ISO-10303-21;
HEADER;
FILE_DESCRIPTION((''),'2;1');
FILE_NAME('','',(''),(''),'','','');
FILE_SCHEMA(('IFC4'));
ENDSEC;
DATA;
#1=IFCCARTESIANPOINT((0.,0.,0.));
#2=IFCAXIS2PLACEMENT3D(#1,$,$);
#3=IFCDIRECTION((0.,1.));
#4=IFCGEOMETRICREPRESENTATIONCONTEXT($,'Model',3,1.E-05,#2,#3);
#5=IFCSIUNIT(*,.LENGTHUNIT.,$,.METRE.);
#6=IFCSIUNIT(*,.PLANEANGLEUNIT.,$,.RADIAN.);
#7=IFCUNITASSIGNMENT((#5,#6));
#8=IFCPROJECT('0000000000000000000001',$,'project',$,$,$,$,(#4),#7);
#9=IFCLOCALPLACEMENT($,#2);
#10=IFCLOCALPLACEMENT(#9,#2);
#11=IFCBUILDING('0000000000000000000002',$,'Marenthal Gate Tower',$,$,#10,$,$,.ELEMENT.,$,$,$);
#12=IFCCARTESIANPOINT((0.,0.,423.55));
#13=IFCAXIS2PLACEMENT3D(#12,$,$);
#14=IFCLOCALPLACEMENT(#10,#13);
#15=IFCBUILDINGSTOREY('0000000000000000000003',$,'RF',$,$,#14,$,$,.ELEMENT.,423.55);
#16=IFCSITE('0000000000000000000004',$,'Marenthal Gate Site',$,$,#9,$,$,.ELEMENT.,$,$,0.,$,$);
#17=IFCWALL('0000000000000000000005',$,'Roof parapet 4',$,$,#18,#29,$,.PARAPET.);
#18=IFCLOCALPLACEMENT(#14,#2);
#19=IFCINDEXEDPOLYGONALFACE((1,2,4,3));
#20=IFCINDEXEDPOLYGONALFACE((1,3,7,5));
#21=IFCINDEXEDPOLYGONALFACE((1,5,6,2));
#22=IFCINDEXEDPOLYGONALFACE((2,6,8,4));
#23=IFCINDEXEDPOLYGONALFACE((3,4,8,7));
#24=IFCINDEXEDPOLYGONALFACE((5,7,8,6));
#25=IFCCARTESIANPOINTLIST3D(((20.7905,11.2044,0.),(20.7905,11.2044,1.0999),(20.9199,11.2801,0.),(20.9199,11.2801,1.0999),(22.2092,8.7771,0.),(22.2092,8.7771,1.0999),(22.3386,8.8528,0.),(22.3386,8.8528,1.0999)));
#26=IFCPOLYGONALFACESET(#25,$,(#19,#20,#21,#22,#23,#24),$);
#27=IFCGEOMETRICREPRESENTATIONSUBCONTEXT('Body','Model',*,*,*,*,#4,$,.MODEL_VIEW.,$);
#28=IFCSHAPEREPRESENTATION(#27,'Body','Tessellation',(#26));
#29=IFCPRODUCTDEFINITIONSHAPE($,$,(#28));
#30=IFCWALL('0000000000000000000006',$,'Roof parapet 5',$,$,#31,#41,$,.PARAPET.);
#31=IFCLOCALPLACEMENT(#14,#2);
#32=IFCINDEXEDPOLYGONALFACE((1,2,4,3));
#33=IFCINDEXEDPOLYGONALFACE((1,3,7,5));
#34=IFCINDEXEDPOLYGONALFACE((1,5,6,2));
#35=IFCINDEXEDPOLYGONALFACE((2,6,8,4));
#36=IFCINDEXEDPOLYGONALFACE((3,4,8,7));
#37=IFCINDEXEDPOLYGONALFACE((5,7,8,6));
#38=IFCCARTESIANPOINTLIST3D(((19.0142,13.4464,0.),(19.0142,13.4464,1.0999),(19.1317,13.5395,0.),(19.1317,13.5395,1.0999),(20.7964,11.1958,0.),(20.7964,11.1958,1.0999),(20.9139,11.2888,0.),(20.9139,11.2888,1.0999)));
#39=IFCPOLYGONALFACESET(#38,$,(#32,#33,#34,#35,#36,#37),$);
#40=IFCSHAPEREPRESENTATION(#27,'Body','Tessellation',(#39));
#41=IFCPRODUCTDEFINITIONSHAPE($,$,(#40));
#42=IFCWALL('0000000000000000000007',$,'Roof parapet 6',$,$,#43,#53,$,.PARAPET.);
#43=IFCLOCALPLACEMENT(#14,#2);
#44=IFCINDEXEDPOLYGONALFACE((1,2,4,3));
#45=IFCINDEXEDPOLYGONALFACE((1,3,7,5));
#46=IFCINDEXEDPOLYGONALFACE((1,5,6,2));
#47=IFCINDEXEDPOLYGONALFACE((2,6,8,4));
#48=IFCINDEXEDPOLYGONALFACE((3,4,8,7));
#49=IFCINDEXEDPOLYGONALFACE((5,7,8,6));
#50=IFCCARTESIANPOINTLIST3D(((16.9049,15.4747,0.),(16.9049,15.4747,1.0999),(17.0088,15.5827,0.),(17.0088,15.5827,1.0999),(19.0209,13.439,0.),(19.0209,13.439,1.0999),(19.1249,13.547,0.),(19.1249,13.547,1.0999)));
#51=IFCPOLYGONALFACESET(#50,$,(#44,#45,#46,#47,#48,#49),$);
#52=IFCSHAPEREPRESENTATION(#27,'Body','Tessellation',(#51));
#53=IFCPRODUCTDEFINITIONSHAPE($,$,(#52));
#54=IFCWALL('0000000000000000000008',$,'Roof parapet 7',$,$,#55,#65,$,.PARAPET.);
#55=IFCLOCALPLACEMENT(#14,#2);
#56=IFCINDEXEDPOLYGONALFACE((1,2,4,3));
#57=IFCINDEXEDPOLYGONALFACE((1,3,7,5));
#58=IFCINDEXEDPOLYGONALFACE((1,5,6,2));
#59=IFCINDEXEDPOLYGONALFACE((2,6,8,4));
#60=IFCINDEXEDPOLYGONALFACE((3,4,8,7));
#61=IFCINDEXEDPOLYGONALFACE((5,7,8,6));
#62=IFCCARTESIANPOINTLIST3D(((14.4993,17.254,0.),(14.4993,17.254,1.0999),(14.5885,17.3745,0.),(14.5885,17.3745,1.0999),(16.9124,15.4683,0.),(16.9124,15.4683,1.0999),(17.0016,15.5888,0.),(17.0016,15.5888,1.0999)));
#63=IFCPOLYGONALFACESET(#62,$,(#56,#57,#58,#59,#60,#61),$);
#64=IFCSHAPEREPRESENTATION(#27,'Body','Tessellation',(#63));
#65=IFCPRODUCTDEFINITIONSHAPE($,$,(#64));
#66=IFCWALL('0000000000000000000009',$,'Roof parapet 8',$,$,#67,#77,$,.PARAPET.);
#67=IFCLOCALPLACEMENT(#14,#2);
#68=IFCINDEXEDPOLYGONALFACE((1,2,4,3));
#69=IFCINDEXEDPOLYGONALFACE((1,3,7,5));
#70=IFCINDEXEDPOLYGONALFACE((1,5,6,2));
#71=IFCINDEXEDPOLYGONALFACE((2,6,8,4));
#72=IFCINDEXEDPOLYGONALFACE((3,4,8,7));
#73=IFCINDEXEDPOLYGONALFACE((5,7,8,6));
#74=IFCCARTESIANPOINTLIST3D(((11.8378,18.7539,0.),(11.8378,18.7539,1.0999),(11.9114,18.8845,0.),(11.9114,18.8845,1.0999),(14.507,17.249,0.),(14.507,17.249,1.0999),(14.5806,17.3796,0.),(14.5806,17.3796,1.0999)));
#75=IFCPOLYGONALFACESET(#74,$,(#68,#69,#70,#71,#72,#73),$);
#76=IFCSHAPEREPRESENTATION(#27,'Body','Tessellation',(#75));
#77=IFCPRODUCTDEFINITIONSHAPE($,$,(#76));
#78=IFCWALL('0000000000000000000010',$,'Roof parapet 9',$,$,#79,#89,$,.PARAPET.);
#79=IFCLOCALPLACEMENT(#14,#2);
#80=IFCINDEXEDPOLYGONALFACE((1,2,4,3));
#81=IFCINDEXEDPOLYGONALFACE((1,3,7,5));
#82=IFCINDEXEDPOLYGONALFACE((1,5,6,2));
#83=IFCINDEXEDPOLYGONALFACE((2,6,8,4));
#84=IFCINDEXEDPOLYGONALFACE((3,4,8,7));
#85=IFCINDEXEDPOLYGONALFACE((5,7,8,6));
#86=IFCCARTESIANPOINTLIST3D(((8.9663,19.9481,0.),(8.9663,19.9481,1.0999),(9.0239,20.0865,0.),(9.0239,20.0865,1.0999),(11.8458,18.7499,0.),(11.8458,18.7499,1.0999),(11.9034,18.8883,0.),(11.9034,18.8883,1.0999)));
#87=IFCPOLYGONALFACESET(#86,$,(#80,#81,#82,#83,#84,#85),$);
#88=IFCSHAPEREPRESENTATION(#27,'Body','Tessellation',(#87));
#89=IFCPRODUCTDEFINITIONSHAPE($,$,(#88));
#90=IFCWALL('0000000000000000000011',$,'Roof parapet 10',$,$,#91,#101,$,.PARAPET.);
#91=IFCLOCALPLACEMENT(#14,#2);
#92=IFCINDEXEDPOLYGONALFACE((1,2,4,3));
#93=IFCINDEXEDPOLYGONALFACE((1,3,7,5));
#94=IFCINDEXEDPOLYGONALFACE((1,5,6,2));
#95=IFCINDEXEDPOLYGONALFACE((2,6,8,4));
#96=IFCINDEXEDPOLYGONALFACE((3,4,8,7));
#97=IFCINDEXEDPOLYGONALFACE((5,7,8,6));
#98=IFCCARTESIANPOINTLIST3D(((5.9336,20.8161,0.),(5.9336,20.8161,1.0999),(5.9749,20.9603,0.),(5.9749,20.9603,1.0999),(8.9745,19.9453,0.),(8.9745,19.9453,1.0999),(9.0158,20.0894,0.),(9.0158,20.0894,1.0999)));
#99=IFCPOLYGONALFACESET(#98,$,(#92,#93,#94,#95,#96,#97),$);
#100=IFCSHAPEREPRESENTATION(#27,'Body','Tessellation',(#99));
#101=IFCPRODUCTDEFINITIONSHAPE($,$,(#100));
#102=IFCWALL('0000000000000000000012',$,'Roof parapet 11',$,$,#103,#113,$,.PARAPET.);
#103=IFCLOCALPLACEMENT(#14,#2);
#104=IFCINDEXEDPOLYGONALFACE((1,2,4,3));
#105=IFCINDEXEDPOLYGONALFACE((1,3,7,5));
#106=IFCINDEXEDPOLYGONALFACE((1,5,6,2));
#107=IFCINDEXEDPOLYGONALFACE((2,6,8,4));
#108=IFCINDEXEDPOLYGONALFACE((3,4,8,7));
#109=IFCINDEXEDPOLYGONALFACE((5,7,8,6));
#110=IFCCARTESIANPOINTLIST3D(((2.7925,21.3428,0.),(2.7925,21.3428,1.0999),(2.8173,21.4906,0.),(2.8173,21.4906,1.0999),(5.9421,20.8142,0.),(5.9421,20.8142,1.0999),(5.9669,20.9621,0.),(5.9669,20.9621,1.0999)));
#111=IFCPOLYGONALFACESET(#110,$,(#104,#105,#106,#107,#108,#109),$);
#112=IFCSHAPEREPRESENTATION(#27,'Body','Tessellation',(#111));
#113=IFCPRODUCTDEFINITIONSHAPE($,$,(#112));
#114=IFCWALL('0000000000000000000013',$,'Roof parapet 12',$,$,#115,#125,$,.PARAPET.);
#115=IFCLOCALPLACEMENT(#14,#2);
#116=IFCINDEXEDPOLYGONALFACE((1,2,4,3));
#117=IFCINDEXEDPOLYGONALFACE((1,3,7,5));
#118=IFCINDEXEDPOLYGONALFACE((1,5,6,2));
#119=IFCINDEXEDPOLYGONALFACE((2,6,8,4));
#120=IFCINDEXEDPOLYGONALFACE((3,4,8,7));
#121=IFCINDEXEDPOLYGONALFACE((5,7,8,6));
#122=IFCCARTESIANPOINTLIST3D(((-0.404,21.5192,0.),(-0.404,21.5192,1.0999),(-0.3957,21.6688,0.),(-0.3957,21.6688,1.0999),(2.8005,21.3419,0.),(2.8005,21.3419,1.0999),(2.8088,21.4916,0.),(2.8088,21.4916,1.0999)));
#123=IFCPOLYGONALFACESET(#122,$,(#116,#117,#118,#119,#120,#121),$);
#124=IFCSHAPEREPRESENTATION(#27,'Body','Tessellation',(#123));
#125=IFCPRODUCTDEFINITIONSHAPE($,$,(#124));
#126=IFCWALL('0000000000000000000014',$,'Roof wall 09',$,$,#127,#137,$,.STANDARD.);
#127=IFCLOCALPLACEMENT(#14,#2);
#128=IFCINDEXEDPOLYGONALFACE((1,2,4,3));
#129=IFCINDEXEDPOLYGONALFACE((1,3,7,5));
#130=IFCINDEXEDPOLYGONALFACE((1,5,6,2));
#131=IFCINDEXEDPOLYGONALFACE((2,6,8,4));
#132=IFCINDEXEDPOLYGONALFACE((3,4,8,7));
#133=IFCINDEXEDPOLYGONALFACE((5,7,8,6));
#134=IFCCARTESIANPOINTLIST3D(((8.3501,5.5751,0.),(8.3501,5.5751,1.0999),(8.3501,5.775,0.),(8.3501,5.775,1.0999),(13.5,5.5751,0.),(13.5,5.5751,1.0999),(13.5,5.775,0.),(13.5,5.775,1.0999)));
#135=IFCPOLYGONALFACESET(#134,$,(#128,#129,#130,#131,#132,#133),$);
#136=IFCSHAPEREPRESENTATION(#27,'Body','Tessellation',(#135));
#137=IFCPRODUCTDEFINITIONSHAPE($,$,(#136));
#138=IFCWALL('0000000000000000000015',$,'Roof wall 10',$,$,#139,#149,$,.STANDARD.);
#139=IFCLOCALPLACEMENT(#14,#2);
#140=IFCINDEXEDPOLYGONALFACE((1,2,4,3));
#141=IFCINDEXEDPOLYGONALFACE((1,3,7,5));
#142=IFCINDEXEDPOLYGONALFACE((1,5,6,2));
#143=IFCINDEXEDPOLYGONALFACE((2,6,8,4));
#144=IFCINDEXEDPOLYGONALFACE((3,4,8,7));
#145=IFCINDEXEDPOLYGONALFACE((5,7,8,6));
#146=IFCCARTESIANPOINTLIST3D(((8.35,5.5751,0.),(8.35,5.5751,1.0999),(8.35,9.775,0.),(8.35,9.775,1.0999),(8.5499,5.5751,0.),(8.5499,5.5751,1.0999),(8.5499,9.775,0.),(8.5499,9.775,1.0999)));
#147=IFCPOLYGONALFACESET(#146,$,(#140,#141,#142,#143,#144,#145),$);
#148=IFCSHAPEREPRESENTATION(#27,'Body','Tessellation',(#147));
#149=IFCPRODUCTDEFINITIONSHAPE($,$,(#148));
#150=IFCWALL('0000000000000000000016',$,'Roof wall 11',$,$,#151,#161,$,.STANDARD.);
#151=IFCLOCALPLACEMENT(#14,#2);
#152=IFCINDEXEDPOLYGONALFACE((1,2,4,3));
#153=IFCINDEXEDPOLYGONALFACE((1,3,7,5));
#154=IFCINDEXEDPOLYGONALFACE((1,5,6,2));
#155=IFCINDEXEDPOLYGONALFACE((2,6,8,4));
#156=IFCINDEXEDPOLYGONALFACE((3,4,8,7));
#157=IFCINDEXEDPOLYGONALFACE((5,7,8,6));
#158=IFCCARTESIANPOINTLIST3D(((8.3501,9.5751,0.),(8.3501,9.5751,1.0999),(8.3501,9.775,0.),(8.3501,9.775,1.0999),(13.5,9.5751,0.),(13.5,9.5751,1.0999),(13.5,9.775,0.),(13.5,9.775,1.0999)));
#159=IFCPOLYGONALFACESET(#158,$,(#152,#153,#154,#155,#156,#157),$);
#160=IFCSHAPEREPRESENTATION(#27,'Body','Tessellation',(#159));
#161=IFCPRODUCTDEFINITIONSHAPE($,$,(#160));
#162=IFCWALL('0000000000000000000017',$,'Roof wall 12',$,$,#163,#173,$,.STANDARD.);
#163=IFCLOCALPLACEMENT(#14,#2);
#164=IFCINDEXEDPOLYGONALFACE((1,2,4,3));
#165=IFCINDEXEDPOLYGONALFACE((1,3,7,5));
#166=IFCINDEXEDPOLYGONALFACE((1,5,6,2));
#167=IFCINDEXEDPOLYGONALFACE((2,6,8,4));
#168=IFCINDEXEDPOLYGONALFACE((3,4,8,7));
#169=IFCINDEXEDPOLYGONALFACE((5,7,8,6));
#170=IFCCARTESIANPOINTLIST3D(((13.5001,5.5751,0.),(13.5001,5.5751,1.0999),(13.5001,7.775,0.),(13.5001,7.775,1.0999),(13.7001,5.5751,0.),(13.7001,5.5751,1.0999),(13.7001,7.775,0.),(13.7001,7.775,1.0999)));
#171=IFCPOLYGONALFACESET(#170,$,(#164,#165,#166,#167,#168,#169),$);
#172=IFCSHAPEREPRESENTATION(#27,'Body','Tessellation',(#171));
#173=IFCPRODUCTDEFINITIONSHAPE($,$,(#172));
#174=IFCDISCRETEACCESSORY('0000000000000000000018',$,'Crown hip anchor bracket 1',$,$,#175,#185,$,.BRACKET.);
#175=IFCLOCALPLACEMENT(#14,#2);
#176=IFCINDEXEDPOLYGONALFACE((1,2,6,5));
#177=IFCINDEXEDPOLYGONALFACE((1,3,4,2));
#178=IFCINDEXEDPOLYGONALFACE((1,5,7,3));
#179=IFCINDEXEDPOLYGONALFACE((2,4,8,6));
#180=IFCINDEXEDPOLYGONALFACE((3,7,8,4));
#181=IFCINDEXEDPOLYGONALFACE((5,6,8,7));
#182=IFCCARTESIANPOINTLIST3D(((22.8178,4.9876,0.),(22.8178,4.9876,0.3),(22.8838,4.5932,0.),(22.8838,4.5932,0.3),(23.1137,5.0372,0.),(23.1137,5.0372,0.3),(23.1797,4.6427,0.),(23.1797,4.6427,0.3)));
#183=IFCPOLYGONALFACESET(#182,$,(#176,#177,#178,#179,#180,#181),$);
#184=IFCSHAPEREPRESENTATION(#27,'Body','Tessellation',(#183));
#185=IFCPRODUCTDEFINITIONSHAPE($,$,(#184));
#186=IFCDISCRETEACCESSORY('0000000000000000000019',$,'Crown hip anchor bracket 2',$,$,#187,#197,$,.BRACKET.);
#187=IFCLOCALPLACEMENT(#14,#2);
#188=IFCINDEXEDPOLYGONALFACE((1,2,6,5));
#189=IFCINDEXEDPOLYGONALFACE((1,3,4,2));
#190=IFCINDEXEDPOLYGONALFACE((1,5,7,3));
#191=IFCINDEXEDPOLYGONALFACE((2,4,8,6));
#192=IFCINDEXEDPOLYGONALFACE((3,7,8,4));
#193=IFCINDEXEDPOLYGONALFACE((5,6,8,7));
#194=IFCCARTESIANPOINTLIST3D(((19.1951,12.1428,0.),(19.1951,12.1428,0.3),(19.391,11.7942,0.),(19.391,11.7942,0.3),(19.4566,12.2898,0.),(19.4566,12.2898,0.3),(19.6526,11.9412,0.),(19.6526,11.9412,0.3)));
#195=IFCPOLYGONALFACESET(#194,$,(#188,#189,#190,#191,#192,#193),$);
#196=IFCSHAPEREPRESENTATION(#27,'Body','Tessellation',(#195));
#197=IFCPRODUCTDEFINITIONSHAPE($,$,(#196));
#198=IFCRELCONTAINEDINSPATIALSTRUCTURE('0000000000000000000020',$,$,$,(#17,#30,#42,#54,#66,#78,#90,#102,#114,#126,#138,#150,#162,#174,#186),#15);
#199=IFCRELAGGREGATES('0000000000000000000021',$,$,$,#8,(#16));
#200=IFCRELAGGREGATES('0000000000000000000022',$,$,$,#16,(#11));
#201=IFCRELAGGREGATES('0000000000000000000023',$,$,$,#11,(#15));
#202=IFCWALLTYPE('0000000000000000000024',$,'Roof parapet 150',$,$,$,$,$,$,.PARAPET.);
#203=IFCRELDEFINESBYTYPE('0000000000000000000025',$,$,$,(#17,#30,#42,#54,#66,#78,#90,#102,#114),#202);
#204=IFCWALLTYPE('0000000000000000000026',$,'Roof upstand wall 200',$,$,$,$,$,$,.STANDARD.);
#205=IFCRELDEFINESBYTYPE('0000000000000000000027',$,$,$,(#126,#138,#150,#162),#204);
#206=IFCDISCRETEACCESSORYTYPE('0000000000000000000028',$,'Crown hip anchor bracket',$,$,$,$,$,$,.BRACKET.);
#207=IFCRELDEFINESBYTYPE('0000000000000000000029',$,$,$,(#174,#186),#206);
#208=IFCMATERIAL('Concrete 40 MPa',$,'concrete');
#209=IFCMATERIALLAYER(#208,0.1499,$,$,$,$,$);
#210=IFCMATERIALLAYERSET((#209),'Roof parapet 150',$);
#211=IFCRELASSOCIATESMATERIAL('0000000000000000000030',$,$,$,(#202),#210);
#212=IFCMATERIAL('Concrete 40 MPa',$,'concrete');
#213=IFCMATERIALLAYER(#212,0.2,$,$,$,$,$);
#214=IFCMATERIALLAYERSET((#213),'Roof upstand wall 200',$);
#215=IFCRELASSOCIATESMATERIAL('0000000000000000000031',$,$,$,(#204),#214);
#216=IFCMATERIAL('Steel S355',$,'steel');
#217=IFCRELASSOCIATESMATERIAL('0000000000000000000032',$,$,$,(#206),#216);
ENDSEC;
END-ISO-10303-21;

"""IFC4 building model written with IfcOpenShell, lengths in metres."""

from ifc_helpers import new_model, si_unit, direction, frame, frame_2d, origin, origin_2d, place, context, subcontext, project, spatial, rectangle, extrude, material, layer, layer_set, type_object, element, save


model = new_model("IFC4")

# Units and contexts
model_context = context("Model", 3, precision=1e-05, world=origin(), true_north=direction((0.0, 1.0)))
body_context = subcontext(model_context, "Body", "Model", "MODEL_VIEW")
ifc_project = project(units=[si_unit("LENGTHUNIT", "METRE"), si_unit("PLANEANGLEUNIT", "RADIAN")], contexts=[model_context])

# Site, building, storey
site_placement = place(None, origin())
site = spatial("IfcSite", under=ifc_project, at=site_placement, Name="Marenthal Gate Site", CompositionType="ELEMENT", RefElevation=0.0)
building_placement = place(site_placement, origin())
building = spatial("IfcBuilding", under=site, at=building_placement, Name="Marenthal Gate Tower", CompositionType="ELEMENT")
storey_placement = place(building_placement, frame((0.0, 0.0, 423.55)))
storey = spatial("IfcBuildingStorey", under=building, at=storey_placement, Name="RF", CompositionType="ELEMENT", Elevation=423.55)

# Walls
ifc_material_1 = material(Name="Concrete 40 MPa", Category="concrete")
ifc_layer_1 = layer(ifc_material_1, 0.1499)
ifc_layer_set_1 = layer_set([ifc_layer_1], Name="Roof parapet 150")
wall_type_1 = type_object("IfcWallType", Name="Roof parapet 150", PredefinedType="PARAPET", material=ifc_layer_set_1)
wall_1_placement = place(storey_placement, frame((22.2739, 8.8149, 0.0), z_axis=(0.0, 0.0, 1.0), x_axis=(-0.504616, 0.863344, 0.0)))
element("IfcWall", 1, at=wall_1_placement, inside=storey, type_object=wall_type_1, Name="Roof parapet 4", PredefinedType="PARAPET", context=body_context, shape_type="SweptSolid", body=[
    extrude(rectangle(XDim=2.8115, YDim=0.1499, at=frame_2d((1.4058, 0.0))), origin(), (0.0, 0.0, 1.0), 1.0999),
])
wall_2_placement = place(storey_placement, frame((20.8552, 11.2422, 0.0), z_axis=(0.0, 0.0, 1.0), x_axis=(-0.620788, 0.783979, 0.0)))
element("IfcWall", 2, at=wall_2_placement, inside=storey, type_object=wall_type_1, Name="Roof parapet 5", PredefinedType="PARAPET", context=body_context, shape_type="SweptSolid", body=[
    extrude(rectangle(XDim=2.8708, YDim=0.1499, at=frame_2d((1.4355, 0.0))), origin(), (0.0, 0.0, 1.0), 1.0999),
])
wall_3_placement = place(storey_placement, frame((19.073, 13.4929, 0.0), z_axis=(0.0, 0.0, 1.0), x_axis=(-0.720652, 0.693296, 0.0)))
element("IfcWall", 3, at=wall_3_placement, inside=storey, type_object=wall_type_1, Name="Roof parapet 6", PredefinedType="PARAPET", context=body_context, shape_type="SweptSolid", body=[
    extrude(rectangle(XDim=2.9363, YDim=0.1499, at=frame_2d((1.4683, 0.0))), origin(), (0.0, 0.0, 1.0), 1.0999),
])
wall_4_placement = place(storey_placement, frame((16.957, 15.5286, 0.0), z_axis=(0.0, 0.0, 1.0), x_axis=(-0.803848, 0.594835, 0.0)))
element("IfcWall", 4, at=wall_4_placement, inside=storey, type_object=wall_type_1, Name="Roof parapet 7", PredefinedType="PARAPET", context=body_context, shape_type="SweptSolid", body=[
    extrude(rectangle(XDim=3.002, YDim=0.1499, at=frame_2d((1.501, 0.0))), origin(), (0.0, 0.0, 1.0), 1.0999),
])
wall_5_placement = place(storey_placement, frame((14.5439, 17.3142, 0.0), z_axis=(0.0, 0.0, 1.0), x_axis=(-0.871092, 0.49112, 0.0)))
element("IfcWall", 5, at=wall_5_placement, inside=storey, type_object=wall_type_1, Name="Roof parapet 8", PredefinedType="PARAPET", context=body_context, shape_type="SweptSolid", body=[
    extrude(rectangle(XDim=3.0642, YDim=0.1499, at=frame_2d((1.5322, 0.0))), origin(), (0.0, 0.0, 1.0), 1.0999),
])
wall_6_placement = place(storey_placement, frame((11.8748, 18.8191, 0.0), z_axis=(0.0, 0.0, 1.0), x_axis=(-0.92326, 0.384176, 0.0)))
element("IfcWall", 6, at=wall_6_placement, inside=storey, type_object=wall_type_1, Name="Roof parapet 9", PredefinedType="PARAPET", context=body_context, shape_type="SweptSolid", body=[
    extrude(rectangle(XDim=3.1189, YDim=0.1499, at=frame_2d((1.5596, 0.0))), origin(), (0.0, 0.0, 1.0), 1.0999),
])
wall_7_placement = place(storey_placement, frame((8.9951, 20.0173, 0.0), z_axis=(0.0, 0.0, 1.0), x_axis=(-0.961352, 0.275323, 0.0)))
element("IfcWall", 7, at=wall_7_placement, inside=storey, type_object=wall_type_1, Name="Roof parapet 10", PredefinedType="PARAPET", context=body_context, shape_type="SweptSolid", body=[
    extrude(rectangle(XDim=3.1631, YDim=0.1499, at=frame_2d((1.5815, 0.0))), origin(), (0.0, 0.0, 1.0), 1.0999),
])
wall_8_placement = place(storey_placement, frame((5.9543, 20.8882, 0.0), z_axis=(0.0, 0.0, 1.0), x_axis=(-0.986209, 0.165502, 0.0)))
element("IfcWall", 8, at=wall_8_placement, inside=storey, type_object=wall_type_1, Name="Roof parapet 11", PredefinedType="PARAPET", context=body_context, shape_type="SweptSolid", body=[
    extrude(rectangle(XDim=3.1936, YDim=0.1499, at=frame_2d((1.5967, 0.0))), origin(), (0.0, 0.0, 1.0), 1.0999),
])
wall_9_placement = place(storey_placement, frame((2.8047, 21.4167, 0.0), z_axis=(0.0, 0.0, 1.0), x_axis=(-0.998474, 0.055226, 0.0)))
element("IfcWall", 9, at=wall_9_placement, inside=storey, type_object=wall_type_1, Name="Roof parapet 12", PredefinedType="PARAPET", context=body_context, shape_type="SweptSolid", body=[
    extrude(rectangle(XDim=3.2095, YDim=0.1499, at=frame_2d((1.6047, 0.0))), origin(), (0.0, 0.0, 1.0), 1.0999),
])
ifc_material_2 = material(Name="Concrete 40 MPa", Category="concrete")
ifc_layer_2 = layer(ifc_material_2, 0.2)
ifc_layer_set_2 = layer_set([ifc_layer_2], Name="Roof upstand wall 200")
wall_type_2 = type_object("IfcWallType", Name="Roof upstand wall 200", PredefinedType="STANDARD", material=ifc_layer_set_2)
wall_10_placement = place(storey_placement, frame((13.5, 5.675, 0.0), z_axis=(0.0, 0.0, 1.0), x_axis=(-1.0, 0.0, 0.0)))
element("IfcWall", 10, at=wall_10_placement, inside=storey, type_object=wall_type_2, Name="Roof wall 09", PredefinedType="STANDARD", context=body_context, shape_type="SweptSolid", body=[
    extrude(rectangle(XDim=5.1499, YDim=0.2, at=frame_2d((2.575, 0.0))), origin(), (0.0, 0.0, 1.0), 1.0999),
])
wall_11_placement = place(storey_placement, frame((8.45, 5.575, 0.0), z_axis=(0.0, 0.0, 1.0), x_axis=(0.0, 1.0, 0.0)))
element("IfcWall", 11, at=wall_11_placement, inside=storey, type_object=wall_type_2, Name="Roof wall 10", PredefinedType="STANDARD", context=body_context, shape_type="SweptSolid", body=[
    extrude(rectangle(XDim=4.2, YDim=0.2, at=frame_2d((2.1001, 0.0))), origin(), (0.0, 0.0, 1.0), 1.0999),
])
wall_12_placement = place(storey_placement, frame((13.5, 9.675, 0.0), z_axis=(0.0, 0.0, 1.0), x_axis=(-1.0, 0.0, 0.0)))
element("IfcWall", 12, at=wall_12_placement, inside=storey, type_object=wall_type_2, Name="Roof wall 11", PredefinedType="STANDARD", context=body_context, shape_type="SweptSolid", body=[
    extrude(rectangle(XDim=5.1499, YDim=0.2, at=frame_2d((2.575, 0.0))), origin(), (0.0, 0.0, 1.0), 1.0999),
])
wall_13_placement = place(storey_placement, frame((13.6001, 5.575, 0.0), z_axis=(0.0, 0.0, 1.0), x_axis=(0.0, 1.0, 0.0)))
element("IfcWall", 13, at=wall_13_placement, inside=storey, type_object=wall_type_2, Name="Roof wall 12", PredefinedType="STANDARD", context=body_context, shape_type="SweptSolid", body=[
    extrude(rectangle(XDim=2.2, YDim=0.2, at=frame_2d((1.1001, 0.0))), origin(), (0.0, 0.0, 1.0), 1.0999),
])

# Discrete accessories
ifc_material_3 = material(Name="Steel S355", Category="steel")
discrete_accessory_type = type_object("IfcDiscreteAccessoryType", Name="Crown hip anchor bracket", PredefinedType="BRACKET", material=ifc_material_3)
for number, where, z_axis, x_axis, name in (
    (14, (22.9988, 4.8152, 0.0), (0.0, 0.0, 1.0), (0.165026, -0.986289, 0.0), "Crown hip anchor bracket 1"),
    (15, (19.4238, 12.042, 0.0), (0.0, 0.0, 1.0), (0.489966, -0.871742, 0.0), "Crown hip anchor bracket 2"),
):
    element("IfcDiscreteAccessory", number, at=place(storey_placement, frame(where, z_axis=z_axis, x_axis=x_axis)), inside=storey, type_object=discrete_accessory_type, Name=name, PredefinedType="BRACKET", context=body_context, shape_type="SweptSolid", body=[
        extrude(rectangle(XDim=0.3999, YDim=0.3, at=origin_2d()), origin(), (0.0, 0.0, 1.0), 0.3),
    ])

save(model, "model.ifc")
